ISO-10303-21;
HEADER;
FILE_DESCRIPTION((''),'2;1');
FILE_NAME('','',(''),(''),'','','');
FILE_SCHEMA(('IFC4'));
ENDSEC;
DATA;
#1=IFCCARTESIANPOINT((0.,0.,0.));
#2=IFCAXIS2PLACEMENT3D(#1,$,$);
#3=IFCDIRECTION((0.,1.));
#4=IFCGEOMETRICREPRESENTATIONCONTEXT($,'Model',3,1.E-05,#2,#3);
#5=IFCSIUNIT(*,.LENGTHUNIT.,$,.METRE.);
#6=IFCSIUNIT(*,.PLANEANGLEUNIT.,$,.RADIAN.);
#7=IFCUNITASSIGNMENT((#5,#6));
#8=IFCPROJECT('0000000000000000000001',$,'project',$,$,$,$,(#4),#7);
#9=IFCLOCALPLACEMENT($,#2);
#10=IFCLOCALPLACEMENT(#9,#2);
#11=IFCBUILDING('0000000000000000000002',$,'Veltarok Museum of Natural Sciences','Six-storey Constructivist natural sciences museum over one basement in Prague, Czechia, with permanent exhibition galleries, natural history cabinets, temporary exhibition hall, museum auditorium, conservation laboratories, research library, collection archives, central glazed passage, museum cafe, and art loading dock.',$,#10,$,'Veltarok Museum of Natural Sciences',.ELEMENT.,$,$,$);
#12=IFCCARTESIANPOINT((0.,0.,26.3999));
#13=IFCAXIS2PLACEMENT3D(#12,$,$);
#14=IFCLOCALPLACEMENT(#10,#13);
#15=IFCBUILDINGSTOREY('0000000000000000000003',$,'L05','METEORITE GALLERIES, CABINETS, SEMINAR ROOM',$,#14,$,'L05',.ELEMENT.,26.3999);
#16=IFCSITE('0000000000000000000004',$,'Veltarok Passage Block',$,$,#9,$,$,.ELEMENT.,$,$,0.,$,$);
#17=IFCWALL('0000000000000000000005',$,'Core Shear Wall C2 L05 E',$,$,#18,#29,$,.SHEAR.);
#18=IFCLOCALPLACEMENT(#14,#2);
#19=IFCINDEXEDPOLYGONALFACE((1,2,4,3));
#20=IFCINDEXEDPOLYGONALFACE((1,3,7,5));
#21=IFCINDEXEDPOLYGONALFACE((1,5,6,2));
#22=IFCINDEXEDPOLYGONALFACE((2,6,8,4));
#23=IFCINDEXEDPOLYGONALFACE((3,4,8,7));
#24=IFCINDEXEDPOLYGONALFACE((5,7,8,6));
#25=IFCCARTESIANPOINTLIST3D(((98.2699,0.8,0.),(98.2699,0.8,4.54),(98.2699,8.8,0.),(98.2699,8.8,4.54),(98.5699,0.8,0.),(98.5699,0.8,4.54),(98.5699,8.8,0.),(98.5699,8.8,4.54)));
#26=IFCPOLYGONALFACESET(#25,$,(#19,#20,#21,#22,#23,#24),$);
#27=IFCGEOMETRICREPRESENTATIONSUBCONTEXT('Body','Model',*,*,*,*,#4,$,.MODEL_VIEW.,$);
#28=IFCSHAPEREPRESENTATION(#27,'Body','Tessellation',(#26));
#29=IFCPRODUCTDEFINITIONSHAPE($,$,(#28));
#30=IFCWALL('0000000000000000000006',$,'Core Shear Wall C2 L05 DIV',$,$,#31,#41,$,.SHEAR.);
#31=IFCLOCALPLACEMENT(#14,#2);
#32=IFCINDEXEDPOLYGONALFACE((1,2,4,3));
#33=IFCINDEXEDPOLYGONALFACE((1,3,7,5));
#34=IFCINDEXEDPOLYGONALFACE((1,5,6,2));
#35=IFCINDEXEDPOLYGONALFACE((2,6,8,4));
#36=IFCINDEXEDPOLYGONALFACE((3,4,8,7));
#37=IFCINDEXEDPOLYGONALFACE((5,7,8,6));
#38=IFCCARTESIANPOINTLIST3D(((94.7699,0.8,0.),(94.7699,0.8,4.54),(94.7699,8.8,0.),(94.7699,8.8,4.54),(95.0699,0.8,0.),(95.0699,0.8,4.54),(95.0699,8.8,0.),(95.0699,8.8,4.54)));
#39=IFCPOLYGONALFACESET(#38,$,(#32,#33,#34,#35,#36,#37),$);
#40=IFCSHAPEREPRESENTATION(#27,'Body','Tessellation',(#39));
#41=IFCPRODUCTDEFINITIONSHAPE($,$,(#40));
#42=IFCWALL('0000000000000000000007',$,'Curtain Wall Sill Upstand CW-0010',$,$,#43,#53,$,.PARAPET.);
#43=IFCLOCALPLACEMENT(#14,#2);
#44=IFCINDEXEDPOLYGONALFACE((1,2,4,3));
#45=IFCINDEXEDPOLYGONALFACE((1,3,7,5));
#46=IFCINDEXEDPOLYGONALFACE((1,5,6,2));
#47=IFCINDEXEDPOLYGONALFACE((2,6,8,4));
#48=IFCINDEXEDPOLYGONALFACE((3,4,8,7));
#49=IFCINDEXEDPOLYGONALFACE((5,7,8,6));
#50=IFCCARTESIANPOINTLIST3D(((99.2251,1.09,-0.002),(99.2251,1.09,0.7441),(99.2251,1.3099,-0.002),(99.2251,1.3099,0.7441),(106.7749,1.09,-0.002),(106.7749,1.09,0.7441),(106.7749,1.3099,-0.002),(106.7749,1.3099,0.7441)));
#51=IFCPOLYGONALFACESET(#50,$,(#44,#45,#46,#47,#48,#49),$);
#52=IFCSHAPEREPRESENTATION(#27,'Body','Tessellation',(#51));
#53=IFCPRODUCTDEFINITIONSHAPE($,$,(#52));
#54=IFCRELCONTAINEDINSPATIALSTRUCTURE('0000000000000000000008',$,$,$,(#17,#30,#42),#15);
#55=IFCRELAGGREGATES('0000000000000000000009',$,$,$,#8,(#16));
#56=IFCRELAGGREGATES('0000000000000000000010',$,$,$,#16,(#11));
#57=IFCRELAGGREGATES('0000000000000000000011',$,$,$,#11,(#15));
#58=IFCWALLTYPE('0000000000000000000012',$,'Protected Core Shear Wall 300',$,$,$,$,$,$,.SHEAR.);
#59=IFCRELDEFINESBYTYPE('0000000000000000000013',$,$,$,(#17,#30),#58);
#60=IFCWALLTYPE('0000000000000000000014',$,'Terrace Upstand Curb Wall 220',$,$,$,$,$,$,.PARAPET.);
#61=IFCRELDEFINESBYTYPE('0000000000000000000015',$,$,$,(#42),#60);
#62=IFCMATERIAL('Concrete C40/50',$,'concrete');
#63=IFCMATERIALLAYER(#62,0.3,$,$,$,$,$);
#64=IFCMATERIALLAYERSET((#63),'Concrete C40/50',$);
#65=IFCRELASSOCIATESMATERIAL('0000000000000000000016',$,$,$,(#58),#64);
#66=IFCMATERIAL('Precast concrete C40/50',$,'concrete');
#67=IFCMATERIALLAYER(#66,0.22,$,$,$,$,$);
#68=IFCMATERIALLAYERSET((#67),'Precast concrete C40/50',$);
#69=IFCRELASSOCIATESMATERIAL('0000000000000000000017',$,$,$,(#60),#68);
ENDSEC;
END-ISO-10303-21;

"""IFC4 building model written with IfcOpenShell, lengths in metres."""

from ifc_helpers import new_model, si_unit, direction, frame, frame_2d, origin, place, context, subcontext, project, spatial, rectangle, extrude, material, layer, layer_set, type_object, element, save


model = new_model("IFC4")

# Units and contexts
model_context = context("Model", 3, precision=1e-05, world=origin(), true_north=direction((0.0, 1.0)))
body_context = subcontext(model_context, "Body", "Model", "MODEL_VIEW")
ifc_project = project(units=[si_unit("LENGTHUNIT", "METRE"), si_unit("PLANEANGLEUNIT", "RADIAN")], contexts=[model_context])

# Site, building, storey
site_placement = place(None, origin())
site = spatial("IfcSite", under=ifc_project, at=site_placement, Name="Veltarok Passage Block", CompositionType="ELEMENT", RefElevation=0.0)
building_placement = place(site_placement, origin())
building = spatial("IfcBuilding", under=site, at=building_placement, Name="Veltarok Museum of Natural Sciences", Description="Six-storey Constructivist natural sciences museum over one basement in Prague, Czechia, with permanent exhibition galleries, natural history cabinets, temporary exhibition hall, museum auditorium, conservation laboratories, research library, collection archives, central glazed passage, museum cafe, and art loading dock.", LongName="Veltarok Museum of Natural Sciences", CompositionType="ELEMENT")
storey_placement = place(building_placement, frame((0.0, 0.0, 26.3999)))
storey = spatial("IfcBuildingStorey", under=building, at=storey_placement, Name="L05", Description="METEORITE GALLERIES, CABINETS, SEMINAR ROOM", LongName="L05", CompositionType="ELEMENT", Elevation=26.3999)

# Shared definitions
ifc_material_1 = material(Name="Concrete C40/50", Category="concrete")

# Walls
ifc_layer_1 = layer(ifc_material_1, 0.3)
ifc_layer_set_1 = layer_set([ifc_layer_1], Name="Concrete C40/50")
wall_type_1 = type_object("IfcWallType", Name="Protected Core Shear Wall 300", PredefinedType="SHEAR", material=ifc_layer_set_1)
for number, where, z_axis, x_axis, name in (
    (1, (98.4199, 0.8, 0.0), (0.0, 0.0, 1.0), (0.0, 1.0, 0.0), "Core Shear Wall C2 L05 E"),
    (2, (94.9199, 0.8, 0.0), (0.0, 0.0, 1.0), (0.0, 1.0, 0.0), "Core Shear Wall C2 L05 DIV"),
):
    element("IfcWall", number, at=place(storey_placement, frame(where, z_axis=z_axis, x_axis=x_axis)), inside=storey, type_object=wall_type_1, Name=name, PredefinedType="SHEAR", context=body_context, shape_type="SweptSolid", body=[
        extrude(rectangle(XDim=8.0, YDim=0.3, at=frame_2d((4.0, 0.0))), origin(), (0.0, 0.0, 1.0), 4.54),
    ])
ifc_material_2 = material(Name="Precast concrete C40/50", Category="concrete")
ifc_layer_2 = layer(ifc_material_2, 0.22)
ifc_layer_set_2 = layer_set([ifc_layer_2], Name="Precast concrete C40/50")
wall_type_2 = type_object("IfcWallType", Name="Terrace Upstand Curb Wall 220", PredefinedType="PARAPET", material=ifc_layer_set_2)
wall_placement = place(storey_placement, frame((99.2251, 1.2, -0.002), z_axis=(0.0, 0.0, 1.0), x_axis=(1.0, 0.0, 0.0)))
element("IfcWall", 3, at=wall_placement, inside=storey, type_object=wall_type_2, Name="Curtain Wall Sill Upstand CW-0010", PredefinedType="PARAPET", context=body_context, shape_type="SweptSolid", body=[
    extrude(rectangle(XDim=7.5498, YDim=0.22, at=frame_2d((3.7749, 0.0))), origin(), (0.0, 0.0, 1.0), 0.7461),
])

save(model, "model.ifc")
